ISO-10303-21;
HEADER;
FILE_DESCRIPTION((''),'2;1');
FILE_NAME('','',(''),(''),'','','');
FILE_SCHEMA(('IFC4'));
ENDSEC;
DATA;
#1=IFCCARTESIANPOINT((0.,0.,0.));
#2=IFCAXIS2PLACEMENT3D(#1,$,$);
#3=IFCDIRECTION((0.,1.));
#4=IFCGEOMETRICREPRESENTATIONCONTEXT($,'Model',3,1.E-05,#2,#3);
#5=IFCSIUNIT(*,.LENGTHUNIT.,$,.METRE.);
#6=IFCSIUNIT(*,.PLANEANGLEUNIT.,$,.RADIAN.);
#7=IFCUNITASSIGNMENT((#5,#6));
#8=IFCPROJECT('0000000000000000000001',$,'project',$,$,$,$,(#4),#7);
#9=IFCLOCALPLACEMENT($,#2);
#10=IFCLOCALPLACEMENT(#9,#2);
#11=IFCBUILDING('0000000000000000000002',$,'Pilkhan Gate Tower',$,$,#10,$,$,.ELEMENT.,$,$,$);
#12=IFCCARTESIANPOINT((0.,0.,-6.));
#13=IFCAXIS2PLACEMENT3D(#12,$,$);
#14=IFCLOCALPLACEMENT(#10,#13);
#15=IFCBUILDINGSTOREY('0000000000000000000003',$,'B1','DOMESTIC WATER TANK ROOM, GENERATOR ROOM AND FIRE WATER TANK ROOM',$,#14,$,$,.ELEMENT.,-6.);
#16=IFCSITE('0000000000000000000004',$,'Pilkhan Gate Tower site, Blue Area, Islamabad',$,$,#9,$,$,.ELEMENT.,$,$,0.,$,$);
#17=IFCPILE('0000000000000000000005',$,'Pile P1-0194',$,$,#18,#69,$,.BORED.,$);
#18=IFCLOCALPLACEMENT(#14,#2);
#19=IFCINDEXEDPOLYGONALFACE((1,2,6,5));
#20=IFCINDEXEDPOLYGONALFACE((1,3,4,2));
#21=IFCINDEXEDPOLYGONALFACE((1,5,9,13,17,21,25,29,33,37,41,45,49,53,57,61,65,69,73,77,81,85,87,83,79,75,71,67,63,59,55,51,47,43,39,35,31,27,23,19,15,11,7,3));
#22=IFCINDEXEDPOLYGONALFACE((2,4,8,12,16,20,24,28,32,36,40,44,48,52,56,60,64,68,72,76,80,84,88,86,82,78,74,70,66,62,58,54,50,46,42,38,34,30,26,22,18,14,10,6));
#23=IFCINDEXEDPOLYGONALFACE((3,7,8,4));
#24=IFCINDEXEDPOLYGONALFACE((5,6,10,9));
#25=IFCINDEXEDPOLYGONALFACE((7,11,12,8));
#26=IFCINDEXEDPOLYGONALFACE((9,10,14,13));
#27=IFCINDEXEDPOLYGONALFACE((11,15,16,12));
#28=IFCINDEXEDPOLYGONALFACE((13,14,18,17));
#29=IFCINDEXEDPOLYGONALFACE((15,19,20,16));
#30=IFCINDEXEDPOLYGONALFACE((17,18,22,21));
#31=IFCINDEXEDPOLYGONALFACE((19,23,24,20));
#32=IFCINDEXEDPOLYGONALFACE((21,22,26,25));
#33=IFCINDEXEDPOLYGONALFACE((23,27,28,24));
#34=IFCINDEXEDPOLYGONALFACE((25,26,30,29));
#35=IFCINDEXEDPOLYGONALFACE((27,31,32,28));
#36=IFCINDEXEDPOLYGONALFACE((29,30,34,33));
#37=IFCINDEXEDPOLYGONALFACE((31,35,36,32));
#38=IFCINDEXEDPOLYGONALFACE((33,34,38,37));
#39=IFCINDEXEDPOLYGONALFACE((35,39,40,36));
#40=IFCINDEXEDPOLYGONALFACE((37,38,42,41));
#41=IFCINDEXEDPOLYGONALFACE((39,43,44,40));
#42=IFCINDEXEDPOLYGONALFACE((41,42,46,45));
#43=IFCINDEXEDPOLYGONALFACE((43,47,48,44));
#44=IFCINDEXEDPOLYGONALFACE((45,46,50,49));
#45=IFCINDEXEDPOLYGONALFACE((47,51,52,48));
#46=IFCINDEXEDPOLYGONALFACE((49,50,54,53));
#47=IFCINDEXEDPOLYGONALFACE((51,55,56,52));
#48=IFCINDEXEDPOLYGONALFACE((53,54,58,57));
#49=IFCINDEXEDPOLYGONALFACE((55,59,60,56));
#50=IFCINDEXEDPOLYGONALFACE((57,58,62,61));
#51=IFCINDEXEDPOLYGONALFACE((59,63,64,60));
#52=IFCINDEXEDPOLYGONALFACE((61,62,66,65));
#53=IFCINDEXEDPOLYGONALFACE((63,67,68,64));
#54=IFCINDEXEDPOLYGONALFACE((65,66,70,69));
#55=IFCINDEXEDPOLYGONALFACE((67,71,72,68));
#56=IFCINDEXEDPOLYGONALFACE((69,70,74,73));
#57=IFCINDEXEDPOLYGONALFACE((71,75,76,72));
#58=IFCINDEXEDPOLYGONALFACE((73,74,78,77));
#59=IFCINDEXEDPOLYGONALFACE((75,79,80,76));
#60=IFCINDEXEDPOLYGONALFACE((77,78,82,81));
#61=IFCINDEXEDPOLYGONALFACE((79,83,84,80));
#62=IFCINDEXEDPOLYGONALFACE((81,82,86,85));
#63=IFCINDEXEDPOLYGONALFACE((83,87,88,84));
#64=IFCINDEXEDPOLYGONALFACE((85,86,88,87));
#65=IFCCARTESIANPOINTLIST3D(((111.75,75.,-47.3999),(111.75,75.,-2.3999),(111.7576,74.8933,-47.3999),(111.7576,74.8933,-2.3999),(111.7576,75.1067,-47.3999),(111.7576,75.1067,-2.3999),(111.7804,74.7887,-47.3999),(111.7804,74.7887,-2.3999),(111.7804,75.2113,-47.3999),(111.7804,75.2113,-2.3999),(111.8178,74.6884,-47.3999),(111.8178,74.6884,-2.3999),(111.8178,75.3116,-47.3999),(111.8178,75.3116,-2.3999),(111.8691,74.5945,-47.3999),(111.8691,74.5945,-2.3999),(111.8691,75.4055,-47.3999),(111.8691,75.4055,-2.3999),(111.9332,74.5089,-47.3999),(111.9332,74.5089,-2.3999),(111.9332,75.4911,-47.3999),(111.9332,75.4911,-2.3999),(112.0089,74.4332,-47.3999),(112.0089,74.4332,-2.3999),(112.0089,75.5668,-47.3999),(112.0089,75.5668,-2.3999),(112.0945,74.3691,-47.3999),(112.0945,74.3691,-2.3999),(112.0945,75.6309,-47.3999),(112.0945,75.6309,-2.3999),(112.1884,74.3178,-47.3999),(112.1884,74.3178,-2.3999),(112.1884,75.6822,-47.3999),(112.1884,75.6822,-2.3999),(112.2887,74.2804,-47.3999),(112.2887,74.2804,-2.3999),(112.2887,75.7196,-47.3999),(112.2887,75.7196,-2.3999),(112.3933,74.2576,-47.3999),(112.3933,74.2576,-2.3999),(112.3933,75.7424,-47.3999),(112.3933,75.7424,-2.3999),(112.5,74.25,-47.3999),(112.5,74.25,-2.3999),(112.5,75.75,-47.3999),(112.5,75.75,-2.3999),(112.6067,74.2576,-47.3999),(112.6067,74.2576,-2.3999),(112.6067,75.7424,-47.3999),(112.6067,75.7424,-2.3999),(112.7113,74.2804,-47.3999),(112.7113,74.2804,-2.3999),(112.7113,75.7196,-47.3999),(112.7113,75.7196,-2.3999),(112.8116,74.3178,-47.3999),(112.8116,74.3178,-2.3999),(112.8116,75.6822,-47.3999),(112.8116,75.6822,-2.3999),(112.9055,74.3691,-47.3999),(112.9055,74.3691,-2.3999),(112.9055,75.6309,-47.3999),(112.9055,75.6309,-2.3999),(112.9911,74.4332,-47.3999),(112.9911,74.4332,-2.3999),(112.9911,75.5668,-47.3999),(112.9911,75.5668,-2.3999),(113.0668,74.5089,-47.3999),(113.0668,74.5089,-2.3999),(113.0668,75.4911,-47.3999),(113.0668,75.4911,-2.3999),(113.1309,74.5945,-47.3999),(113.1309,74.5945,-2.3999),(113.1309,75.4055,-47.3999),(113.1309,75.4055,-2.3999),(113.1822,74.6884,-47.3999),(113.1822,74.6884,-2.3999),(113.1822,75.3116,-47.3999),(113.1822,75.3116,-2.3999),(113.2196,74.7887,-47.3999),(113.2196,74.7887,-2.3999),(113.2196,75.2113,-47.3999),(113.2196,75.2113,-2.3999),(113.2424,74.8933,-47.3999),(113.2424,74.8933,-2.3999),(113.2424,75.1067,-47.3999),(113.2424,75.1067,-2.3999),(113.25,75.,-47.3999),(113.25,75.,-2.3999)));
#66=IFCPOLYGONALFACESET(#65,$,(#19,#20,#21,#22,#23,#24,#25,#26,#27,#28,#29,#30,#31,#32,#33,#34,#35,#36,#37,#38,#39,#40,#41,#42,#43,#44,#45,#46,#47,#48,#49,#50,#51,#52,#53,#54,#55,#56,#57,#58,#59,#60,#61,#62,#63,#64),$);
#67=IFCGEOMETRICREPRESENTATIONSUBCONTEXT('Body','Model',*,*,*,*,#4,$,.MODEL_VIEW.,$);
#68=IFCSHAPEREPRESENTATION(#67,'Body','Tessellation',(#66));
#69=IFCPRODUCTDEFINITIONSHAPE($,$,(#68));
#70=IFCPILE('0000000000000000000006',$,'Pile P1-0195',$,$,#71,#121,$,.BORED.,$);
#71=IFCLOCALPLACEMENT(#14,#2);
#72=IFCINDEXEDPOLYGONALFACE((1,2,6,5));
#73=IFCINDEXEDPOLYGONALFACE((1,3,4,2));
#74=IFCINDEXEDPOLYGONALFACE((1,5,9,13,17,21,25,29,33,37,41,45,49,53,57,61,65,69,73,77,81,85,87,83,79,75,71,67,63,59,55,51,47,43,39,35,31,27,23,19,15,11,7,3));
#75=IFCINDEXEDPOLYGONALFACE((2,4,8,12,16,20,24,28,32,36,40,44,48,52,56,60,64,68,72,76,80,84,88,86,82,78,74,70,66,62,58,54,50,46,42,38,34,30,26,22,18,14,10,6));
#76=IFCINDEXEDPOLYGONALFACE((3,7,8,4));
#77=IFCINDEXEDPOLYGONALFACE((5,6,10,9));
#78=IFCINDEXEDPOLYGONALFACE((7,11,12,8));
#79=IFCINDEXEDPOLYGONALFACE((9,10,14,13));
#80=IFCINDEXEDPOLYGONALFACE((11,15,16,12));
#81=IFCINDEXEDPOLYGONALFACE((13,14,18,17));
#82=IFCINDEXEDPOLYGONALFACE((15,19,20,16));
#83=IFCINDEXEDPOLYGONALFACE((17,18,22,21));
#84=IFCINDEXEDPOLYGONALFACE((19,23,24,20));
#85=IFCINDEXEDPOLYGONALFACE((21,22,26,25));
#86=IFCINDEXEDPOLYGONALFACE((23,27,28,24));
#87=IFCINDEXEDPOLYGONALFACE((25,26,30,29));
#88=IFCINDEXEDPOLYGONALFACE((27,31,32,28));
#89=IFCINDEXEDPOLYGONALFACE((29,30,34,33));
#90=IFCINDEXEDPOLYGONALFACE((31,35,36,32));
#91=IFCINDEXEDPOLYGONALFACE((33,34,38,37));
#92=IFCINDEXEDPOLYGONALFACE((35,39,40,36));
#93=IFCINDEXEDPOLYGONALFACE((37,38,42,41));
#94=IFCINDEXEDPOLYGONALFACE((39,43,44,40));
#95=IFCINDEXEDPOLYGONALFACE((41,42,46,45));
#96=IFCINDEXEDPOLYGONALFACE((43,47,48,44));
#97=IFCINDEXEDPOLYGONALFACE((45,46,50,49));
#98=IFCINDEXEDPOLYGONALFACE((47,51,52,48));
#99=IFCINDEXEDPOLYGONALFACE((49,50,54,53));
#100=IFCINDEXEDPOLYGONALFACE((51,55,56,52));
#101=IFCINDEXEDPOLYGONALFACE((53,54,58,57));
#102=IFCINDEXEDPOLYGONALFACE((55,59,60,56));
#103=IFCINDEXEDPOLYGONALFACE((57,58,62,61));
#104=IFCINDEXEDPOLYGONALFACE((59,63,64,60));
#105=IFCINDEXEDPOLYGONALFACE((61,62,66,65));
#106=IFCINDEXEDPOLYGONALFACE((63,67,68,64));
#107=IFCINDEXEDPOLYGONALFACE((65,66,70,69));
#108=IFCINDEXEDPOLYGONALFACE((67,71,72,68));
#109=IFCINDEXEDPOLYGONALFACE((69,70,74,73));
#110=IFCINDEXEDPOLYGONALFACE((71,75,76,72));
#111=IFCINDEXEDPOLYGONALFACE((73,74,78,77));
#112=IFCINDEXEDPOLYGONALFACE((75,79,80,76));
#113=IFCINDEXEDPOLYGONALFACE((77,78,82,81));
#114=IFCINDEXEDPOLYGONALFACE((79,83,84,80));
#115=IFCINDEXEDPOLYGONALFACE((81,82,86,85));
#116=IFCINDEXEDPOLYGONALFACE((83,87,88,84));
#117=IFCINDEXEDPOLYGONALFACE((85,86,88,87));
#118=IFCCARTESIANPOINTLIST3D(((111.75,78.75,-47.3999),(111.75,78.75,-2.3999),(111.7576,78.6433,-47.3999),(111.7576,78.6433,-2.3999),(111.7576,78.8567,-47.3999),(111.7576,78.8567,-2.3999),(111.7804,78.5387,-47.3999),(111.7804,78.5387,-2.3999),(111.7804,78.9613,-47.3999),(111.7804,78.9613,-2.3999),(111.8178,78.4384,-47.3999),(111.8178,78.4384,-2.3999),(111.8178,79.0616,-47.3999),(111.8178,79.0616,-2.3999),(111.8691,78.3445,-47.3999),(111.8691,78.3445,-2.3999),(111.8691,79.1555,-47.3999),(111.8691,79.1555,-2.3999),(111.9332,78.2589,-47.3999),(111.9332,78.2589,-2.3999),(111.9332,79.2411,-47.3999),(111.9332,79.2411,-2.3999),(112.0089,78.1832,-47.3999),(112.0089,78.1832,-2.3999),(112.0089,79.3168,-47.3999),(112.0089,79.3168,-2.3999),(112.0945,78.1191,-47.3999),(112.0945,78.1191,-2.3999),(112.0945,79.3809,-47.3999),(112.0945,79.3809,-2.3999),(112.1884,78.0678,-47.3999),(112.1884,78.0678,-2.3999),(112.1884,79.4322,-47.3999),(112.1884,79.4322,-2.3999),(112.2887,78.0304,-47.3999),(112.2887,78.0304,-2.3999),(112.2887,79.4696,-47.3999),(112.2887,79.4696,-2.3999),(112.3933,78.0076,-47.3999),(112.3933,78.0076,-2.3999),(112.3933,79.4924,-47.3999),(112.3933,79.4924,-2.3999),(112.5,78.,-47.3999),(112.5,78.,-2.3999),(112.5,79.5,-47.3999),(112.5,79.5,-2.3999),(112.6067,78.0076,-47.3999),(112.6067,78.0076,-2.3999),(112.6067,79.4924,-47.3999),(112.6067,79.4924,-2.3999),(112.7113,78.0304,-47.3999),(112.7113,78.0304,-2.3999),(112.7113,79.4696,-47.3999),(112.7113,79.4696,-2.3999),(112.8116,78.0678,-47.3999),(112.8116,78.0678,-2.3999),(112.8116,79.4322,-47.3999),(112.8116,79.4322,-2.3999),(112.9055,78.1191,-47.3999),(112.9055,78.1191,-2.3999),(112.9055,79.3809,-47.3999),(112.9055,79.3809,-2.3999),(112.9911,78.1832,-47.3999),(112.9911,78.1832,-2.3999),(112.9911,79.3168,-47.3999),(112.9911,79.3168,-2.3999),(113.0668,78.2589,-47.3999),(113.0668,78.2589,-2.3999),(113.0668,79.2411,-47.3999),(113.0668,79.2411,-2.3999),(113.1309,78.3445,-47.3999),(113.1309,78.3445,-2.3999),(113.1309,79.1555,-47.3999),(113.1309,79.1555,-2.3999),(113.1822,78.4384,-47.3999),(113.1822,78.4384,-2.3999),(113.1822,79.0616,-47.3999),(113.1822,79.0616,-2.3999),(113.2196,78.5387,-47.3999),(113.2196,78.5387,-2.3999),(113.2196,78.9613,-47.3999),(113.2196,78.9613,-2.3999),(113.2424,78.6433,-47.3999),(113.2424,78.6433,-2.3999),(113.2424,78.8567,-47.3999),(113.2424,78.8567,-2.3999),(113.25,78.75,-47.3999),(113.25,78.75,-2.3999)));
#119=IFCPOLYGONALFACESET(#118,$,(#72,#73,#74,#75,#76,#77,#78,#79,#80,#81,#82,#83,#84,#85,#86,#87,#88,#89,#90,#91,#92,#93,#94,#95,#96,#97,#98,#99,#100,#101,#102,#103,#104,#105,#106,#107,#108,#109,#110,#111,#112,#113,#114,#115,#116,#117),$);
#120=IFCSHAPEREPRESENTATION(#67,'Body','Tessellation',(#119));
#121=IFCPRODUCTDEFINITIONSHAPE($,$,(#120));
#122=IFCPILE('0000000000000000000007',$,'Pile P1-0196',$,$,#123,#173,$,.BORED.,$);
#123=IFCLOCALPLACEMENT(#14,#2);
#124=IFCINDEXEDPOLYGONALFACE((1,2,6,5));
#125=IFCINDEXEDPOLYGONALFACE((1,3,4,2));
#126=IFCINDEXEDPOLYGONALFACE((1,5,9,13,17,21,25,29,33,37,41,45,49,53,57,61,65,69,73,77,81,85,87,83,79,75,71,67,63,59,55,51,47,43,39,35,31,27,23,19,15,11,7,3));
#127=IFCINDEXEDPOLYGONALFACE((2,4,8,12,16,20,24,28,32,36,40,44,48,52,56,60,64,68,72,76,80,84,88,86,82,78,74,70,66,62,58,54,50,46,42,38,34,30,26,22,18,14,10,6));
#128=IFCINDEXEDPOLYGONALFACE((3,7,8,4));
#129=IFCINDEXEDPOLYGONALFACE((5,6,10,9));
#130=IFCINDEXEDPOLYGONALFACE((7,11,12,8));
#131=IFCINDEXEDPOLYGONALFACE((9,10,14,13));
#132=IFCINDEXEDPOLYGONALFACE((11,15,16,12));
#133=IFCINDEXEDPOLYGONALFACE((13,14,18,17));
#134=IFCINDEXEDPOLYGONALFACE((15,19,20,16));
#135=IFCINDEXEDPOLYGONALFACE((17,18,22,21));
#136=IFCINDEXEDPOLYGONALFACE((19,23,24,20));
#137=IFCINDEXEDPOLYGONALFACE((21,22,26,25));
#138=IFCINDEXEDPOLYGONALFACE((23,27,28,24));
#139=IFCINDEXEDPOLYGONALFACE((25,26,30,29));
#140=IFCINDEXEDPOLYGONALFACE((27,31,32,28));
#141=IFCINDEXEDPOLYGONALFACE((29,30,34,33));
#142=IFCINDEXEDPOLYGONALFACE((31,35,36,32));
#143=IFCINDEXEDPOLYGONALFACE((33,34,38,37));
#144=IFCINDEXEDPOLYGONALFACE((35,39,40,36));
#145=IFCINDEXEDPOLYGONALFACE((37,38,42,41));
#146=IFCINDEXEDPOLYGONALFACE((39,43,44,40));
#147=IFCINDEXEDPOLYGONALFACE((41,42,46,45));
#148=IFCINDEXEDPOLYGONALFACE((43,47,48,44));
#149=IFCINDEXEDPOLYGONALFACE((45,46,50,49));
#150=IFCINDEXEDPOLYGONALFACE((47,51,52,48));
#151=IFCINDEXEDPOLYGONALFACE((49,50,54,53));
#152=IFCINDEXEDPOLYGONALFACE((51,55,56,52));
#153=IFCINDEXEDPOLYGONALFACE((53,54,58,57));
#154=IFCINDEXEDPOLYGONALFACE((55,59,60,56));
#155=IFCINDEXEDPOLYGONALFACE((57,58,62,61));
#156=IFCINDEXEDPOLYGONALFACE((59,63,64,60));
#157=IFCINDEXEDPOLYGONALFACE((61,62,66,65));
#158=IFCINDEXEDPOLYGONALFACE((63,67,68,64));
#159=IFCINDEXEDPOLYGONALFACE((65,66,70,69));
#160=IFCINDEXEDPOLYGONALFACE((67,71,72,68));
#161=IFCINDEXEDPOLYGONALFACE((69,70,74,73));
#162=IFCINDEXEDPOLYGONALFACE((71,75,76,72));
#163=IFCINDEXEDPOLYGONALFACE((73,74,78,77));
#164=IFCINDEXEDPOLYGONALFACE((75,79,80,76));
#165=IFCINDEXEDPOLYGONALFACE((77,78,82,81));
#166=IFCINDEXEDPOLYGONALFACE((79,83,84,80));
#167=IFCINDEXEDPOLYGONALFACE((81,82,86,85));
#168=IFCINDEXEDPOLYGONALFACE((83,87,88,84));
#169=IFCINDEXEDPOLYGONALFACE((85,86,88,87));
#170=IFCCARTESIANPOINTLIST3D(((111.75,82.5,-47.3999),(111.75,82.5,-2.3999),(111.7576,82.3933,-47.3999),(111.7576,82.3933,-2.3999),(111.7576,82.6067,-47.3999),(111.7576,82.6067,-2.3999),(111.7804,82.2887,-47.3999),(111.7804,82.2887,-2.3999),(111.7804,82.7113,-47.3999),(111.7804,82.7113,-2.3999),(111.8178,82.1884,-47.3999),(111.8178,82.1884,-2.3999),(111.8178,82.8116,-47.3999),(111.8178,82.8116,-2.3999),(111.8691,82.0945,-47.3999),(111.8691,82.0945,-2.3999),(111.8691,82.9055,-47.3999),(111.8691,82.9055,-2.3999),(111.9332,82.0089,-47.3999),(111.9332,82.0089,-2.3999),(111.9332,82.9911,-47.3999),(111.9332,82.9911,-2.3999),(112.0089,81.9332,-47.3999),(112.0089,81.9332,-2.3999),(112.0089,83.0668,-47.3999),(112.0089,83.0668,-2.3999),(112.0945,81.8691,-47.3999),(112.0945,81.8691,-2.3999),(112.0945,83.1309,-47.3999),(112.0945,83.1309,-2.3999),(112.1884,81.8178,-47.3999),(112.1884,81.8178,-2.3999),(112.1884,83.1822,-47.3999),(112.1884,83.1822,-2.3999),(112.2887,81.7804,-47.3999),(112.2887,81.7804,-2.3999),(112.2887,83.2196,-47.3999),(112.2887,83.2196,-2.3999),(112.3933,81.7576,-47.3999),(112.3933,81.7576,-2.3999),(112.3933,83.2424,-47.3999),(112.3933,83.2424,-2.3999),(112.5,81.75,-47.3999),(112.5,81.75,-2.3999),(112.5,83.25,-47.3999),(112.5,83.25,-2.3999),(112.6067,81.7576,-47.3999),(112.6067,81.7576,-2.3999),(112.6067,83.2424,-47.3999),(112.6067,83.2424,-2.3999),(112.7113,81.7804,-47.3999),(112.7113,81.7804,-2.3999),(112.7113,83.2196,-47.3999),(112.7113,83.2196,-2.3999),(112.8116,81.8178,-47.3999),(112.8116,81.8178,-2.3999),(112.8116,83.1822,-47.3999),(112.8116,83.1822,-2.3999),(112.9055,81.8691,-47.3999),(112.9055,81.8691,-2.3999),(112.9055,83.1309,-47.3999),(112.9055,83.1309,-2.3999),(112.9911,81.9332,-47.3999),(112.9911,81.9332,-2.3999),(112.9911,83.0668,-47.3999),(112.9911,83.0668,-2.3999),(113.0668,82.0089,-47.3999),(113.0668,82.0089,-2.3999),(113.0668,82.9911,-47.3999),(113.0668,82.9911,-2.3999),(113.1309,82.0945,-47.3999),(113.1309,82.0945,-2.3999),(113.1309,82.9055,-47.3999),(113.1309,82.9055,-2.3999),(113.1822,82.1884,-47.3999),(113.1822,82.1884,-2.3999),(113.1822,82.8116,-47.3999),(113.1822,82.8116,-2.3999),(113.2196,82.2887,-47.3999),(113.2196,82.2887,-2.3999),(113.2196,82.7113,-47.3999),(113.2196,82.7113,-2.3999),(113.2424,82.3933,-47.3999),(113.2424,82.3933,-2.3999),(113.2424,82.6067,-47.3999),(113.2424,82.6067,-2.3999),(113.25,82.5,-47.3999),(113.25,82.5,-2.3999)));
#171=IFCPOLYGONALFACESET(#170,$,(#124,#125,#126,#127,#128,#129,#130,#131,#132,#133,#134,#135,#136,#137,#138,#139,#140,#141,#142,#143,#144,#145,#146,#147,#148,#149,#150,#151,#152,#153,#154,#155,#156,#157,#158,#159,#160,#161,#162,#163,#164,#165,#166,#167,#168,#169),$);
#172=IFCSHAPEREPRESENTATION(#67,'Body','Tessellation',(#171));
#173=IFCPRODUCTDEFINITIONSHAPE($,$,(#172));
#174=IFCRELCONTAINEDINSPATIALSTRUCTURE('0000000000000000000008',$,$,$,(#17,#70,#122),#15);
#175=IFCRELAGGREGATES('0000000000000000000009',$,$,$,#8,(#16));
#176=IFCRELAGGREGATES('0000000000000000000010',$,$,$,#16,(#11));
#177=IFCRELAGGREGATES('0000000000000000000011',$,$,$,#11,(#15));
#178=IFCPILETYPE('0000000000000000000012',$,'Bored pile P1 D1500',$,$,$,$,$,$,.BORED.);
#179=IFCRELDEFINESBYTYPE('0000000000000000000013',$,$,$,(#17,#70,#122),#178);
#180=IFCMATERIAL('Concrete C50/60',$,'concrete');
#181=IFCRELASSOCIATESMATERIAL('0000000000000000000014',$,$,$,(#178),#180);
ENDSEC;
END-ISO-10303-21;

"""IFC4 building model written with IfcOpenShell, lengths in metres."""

from ifc_helpers import new_model, si_unit, direction, frame, origin, origin_2d, place, context, subcontext, project, spatial, circle, extrude, material, material_profile, profile_set, type_object, element, save


model = new_model("IFC4")

# Units and contexts
model_context = context("Model", 3, precision=1e-05, world=origin(), true_north=direction((0.0, 1.0)))
body_context = subcontext(model_context, "Body", "Model", "MODEL_VIEW")
ifc_project = project(units=[si_unit("LENGTHUNIT", "METRE"), si_unit("PLANEANGLEUNIT", "RADIAN")], contexts=[model_context])

# Site, building, storey
site_placement = place(None, origin())
site = spatial("IfcSite", under=ifc_project, at=site_placement, Name="Pilkhan Gate Tower site, Blue Area, Islamabad", CompositionType="ELEMENT", RefElevation=0.0)
building_placement = place(site_placement, origin())
building = spatial("IfcBuilding", under=site, at=building_placement, Name="Pilkhan Gate Tower", CompositionType="ELEMENT")
storey_placement = place(building_placement, frame((0.0, 0.0, -6.0)))
storey = spatial("IfcBuildingStorey", under=building, at=storey_placement, Name="B1", Description="DOMESTIC WATER TANK ROOM, GENERATOR ROOM AND FIRE WATER TANK ROOM", CompositionType="ELEMENT", Elevation=-6.0)

# Piles
ifc_material_1 = material(Name="Concrete C50/60", Category="concrete")
ifc_material_profile_1 = material_profile(ifc_material_1, circle(Radius=0.75, at=origin_2d()), Name="Bored pile 1500 dia")
ifc_profile_set_1 = profile_set([ifc_material_profile_1], Name="Concrete C50/60")
pile_type = type_object("IfcPileType", Name="Bored pile P1 D1500", PredefinedType="BORED", material=ifc_profile_set_1)
for number, where, z_axis, x_axis, name in (
    (1, (112.5, 75.0, -2.3999), (0.0, 0.0, -1.0), (1.0, 0.0, 0.0), "Pile P1-0194"),
    (2, (112.5, 78.75, -2.3999), (0.0, 0.0, -1.0), (1.0, 0.0, 0.0), "Pile P1-0195"),
    (3, (112.5, 82.5, -2.3999), (0.0, 0.0, -1.0), (1.0, 0.0, 0.0), "Pile P1-0196"),
):
    element("IfcPile", number, at=place(storey_placement, frame(where, z_axis=z_axis, x_axis=x_axis)), inside=storey, type_object=pile_type, Name=name, PredefinedType="BORED", context=body_context, shape_type="SweptSolid", body=[
        extrude(circle(Radius=0.75, at=origin_2d()), origin(), (0.0, 0.0, 1.0), 45.0),
    ])

save(model, "model.ifc")
